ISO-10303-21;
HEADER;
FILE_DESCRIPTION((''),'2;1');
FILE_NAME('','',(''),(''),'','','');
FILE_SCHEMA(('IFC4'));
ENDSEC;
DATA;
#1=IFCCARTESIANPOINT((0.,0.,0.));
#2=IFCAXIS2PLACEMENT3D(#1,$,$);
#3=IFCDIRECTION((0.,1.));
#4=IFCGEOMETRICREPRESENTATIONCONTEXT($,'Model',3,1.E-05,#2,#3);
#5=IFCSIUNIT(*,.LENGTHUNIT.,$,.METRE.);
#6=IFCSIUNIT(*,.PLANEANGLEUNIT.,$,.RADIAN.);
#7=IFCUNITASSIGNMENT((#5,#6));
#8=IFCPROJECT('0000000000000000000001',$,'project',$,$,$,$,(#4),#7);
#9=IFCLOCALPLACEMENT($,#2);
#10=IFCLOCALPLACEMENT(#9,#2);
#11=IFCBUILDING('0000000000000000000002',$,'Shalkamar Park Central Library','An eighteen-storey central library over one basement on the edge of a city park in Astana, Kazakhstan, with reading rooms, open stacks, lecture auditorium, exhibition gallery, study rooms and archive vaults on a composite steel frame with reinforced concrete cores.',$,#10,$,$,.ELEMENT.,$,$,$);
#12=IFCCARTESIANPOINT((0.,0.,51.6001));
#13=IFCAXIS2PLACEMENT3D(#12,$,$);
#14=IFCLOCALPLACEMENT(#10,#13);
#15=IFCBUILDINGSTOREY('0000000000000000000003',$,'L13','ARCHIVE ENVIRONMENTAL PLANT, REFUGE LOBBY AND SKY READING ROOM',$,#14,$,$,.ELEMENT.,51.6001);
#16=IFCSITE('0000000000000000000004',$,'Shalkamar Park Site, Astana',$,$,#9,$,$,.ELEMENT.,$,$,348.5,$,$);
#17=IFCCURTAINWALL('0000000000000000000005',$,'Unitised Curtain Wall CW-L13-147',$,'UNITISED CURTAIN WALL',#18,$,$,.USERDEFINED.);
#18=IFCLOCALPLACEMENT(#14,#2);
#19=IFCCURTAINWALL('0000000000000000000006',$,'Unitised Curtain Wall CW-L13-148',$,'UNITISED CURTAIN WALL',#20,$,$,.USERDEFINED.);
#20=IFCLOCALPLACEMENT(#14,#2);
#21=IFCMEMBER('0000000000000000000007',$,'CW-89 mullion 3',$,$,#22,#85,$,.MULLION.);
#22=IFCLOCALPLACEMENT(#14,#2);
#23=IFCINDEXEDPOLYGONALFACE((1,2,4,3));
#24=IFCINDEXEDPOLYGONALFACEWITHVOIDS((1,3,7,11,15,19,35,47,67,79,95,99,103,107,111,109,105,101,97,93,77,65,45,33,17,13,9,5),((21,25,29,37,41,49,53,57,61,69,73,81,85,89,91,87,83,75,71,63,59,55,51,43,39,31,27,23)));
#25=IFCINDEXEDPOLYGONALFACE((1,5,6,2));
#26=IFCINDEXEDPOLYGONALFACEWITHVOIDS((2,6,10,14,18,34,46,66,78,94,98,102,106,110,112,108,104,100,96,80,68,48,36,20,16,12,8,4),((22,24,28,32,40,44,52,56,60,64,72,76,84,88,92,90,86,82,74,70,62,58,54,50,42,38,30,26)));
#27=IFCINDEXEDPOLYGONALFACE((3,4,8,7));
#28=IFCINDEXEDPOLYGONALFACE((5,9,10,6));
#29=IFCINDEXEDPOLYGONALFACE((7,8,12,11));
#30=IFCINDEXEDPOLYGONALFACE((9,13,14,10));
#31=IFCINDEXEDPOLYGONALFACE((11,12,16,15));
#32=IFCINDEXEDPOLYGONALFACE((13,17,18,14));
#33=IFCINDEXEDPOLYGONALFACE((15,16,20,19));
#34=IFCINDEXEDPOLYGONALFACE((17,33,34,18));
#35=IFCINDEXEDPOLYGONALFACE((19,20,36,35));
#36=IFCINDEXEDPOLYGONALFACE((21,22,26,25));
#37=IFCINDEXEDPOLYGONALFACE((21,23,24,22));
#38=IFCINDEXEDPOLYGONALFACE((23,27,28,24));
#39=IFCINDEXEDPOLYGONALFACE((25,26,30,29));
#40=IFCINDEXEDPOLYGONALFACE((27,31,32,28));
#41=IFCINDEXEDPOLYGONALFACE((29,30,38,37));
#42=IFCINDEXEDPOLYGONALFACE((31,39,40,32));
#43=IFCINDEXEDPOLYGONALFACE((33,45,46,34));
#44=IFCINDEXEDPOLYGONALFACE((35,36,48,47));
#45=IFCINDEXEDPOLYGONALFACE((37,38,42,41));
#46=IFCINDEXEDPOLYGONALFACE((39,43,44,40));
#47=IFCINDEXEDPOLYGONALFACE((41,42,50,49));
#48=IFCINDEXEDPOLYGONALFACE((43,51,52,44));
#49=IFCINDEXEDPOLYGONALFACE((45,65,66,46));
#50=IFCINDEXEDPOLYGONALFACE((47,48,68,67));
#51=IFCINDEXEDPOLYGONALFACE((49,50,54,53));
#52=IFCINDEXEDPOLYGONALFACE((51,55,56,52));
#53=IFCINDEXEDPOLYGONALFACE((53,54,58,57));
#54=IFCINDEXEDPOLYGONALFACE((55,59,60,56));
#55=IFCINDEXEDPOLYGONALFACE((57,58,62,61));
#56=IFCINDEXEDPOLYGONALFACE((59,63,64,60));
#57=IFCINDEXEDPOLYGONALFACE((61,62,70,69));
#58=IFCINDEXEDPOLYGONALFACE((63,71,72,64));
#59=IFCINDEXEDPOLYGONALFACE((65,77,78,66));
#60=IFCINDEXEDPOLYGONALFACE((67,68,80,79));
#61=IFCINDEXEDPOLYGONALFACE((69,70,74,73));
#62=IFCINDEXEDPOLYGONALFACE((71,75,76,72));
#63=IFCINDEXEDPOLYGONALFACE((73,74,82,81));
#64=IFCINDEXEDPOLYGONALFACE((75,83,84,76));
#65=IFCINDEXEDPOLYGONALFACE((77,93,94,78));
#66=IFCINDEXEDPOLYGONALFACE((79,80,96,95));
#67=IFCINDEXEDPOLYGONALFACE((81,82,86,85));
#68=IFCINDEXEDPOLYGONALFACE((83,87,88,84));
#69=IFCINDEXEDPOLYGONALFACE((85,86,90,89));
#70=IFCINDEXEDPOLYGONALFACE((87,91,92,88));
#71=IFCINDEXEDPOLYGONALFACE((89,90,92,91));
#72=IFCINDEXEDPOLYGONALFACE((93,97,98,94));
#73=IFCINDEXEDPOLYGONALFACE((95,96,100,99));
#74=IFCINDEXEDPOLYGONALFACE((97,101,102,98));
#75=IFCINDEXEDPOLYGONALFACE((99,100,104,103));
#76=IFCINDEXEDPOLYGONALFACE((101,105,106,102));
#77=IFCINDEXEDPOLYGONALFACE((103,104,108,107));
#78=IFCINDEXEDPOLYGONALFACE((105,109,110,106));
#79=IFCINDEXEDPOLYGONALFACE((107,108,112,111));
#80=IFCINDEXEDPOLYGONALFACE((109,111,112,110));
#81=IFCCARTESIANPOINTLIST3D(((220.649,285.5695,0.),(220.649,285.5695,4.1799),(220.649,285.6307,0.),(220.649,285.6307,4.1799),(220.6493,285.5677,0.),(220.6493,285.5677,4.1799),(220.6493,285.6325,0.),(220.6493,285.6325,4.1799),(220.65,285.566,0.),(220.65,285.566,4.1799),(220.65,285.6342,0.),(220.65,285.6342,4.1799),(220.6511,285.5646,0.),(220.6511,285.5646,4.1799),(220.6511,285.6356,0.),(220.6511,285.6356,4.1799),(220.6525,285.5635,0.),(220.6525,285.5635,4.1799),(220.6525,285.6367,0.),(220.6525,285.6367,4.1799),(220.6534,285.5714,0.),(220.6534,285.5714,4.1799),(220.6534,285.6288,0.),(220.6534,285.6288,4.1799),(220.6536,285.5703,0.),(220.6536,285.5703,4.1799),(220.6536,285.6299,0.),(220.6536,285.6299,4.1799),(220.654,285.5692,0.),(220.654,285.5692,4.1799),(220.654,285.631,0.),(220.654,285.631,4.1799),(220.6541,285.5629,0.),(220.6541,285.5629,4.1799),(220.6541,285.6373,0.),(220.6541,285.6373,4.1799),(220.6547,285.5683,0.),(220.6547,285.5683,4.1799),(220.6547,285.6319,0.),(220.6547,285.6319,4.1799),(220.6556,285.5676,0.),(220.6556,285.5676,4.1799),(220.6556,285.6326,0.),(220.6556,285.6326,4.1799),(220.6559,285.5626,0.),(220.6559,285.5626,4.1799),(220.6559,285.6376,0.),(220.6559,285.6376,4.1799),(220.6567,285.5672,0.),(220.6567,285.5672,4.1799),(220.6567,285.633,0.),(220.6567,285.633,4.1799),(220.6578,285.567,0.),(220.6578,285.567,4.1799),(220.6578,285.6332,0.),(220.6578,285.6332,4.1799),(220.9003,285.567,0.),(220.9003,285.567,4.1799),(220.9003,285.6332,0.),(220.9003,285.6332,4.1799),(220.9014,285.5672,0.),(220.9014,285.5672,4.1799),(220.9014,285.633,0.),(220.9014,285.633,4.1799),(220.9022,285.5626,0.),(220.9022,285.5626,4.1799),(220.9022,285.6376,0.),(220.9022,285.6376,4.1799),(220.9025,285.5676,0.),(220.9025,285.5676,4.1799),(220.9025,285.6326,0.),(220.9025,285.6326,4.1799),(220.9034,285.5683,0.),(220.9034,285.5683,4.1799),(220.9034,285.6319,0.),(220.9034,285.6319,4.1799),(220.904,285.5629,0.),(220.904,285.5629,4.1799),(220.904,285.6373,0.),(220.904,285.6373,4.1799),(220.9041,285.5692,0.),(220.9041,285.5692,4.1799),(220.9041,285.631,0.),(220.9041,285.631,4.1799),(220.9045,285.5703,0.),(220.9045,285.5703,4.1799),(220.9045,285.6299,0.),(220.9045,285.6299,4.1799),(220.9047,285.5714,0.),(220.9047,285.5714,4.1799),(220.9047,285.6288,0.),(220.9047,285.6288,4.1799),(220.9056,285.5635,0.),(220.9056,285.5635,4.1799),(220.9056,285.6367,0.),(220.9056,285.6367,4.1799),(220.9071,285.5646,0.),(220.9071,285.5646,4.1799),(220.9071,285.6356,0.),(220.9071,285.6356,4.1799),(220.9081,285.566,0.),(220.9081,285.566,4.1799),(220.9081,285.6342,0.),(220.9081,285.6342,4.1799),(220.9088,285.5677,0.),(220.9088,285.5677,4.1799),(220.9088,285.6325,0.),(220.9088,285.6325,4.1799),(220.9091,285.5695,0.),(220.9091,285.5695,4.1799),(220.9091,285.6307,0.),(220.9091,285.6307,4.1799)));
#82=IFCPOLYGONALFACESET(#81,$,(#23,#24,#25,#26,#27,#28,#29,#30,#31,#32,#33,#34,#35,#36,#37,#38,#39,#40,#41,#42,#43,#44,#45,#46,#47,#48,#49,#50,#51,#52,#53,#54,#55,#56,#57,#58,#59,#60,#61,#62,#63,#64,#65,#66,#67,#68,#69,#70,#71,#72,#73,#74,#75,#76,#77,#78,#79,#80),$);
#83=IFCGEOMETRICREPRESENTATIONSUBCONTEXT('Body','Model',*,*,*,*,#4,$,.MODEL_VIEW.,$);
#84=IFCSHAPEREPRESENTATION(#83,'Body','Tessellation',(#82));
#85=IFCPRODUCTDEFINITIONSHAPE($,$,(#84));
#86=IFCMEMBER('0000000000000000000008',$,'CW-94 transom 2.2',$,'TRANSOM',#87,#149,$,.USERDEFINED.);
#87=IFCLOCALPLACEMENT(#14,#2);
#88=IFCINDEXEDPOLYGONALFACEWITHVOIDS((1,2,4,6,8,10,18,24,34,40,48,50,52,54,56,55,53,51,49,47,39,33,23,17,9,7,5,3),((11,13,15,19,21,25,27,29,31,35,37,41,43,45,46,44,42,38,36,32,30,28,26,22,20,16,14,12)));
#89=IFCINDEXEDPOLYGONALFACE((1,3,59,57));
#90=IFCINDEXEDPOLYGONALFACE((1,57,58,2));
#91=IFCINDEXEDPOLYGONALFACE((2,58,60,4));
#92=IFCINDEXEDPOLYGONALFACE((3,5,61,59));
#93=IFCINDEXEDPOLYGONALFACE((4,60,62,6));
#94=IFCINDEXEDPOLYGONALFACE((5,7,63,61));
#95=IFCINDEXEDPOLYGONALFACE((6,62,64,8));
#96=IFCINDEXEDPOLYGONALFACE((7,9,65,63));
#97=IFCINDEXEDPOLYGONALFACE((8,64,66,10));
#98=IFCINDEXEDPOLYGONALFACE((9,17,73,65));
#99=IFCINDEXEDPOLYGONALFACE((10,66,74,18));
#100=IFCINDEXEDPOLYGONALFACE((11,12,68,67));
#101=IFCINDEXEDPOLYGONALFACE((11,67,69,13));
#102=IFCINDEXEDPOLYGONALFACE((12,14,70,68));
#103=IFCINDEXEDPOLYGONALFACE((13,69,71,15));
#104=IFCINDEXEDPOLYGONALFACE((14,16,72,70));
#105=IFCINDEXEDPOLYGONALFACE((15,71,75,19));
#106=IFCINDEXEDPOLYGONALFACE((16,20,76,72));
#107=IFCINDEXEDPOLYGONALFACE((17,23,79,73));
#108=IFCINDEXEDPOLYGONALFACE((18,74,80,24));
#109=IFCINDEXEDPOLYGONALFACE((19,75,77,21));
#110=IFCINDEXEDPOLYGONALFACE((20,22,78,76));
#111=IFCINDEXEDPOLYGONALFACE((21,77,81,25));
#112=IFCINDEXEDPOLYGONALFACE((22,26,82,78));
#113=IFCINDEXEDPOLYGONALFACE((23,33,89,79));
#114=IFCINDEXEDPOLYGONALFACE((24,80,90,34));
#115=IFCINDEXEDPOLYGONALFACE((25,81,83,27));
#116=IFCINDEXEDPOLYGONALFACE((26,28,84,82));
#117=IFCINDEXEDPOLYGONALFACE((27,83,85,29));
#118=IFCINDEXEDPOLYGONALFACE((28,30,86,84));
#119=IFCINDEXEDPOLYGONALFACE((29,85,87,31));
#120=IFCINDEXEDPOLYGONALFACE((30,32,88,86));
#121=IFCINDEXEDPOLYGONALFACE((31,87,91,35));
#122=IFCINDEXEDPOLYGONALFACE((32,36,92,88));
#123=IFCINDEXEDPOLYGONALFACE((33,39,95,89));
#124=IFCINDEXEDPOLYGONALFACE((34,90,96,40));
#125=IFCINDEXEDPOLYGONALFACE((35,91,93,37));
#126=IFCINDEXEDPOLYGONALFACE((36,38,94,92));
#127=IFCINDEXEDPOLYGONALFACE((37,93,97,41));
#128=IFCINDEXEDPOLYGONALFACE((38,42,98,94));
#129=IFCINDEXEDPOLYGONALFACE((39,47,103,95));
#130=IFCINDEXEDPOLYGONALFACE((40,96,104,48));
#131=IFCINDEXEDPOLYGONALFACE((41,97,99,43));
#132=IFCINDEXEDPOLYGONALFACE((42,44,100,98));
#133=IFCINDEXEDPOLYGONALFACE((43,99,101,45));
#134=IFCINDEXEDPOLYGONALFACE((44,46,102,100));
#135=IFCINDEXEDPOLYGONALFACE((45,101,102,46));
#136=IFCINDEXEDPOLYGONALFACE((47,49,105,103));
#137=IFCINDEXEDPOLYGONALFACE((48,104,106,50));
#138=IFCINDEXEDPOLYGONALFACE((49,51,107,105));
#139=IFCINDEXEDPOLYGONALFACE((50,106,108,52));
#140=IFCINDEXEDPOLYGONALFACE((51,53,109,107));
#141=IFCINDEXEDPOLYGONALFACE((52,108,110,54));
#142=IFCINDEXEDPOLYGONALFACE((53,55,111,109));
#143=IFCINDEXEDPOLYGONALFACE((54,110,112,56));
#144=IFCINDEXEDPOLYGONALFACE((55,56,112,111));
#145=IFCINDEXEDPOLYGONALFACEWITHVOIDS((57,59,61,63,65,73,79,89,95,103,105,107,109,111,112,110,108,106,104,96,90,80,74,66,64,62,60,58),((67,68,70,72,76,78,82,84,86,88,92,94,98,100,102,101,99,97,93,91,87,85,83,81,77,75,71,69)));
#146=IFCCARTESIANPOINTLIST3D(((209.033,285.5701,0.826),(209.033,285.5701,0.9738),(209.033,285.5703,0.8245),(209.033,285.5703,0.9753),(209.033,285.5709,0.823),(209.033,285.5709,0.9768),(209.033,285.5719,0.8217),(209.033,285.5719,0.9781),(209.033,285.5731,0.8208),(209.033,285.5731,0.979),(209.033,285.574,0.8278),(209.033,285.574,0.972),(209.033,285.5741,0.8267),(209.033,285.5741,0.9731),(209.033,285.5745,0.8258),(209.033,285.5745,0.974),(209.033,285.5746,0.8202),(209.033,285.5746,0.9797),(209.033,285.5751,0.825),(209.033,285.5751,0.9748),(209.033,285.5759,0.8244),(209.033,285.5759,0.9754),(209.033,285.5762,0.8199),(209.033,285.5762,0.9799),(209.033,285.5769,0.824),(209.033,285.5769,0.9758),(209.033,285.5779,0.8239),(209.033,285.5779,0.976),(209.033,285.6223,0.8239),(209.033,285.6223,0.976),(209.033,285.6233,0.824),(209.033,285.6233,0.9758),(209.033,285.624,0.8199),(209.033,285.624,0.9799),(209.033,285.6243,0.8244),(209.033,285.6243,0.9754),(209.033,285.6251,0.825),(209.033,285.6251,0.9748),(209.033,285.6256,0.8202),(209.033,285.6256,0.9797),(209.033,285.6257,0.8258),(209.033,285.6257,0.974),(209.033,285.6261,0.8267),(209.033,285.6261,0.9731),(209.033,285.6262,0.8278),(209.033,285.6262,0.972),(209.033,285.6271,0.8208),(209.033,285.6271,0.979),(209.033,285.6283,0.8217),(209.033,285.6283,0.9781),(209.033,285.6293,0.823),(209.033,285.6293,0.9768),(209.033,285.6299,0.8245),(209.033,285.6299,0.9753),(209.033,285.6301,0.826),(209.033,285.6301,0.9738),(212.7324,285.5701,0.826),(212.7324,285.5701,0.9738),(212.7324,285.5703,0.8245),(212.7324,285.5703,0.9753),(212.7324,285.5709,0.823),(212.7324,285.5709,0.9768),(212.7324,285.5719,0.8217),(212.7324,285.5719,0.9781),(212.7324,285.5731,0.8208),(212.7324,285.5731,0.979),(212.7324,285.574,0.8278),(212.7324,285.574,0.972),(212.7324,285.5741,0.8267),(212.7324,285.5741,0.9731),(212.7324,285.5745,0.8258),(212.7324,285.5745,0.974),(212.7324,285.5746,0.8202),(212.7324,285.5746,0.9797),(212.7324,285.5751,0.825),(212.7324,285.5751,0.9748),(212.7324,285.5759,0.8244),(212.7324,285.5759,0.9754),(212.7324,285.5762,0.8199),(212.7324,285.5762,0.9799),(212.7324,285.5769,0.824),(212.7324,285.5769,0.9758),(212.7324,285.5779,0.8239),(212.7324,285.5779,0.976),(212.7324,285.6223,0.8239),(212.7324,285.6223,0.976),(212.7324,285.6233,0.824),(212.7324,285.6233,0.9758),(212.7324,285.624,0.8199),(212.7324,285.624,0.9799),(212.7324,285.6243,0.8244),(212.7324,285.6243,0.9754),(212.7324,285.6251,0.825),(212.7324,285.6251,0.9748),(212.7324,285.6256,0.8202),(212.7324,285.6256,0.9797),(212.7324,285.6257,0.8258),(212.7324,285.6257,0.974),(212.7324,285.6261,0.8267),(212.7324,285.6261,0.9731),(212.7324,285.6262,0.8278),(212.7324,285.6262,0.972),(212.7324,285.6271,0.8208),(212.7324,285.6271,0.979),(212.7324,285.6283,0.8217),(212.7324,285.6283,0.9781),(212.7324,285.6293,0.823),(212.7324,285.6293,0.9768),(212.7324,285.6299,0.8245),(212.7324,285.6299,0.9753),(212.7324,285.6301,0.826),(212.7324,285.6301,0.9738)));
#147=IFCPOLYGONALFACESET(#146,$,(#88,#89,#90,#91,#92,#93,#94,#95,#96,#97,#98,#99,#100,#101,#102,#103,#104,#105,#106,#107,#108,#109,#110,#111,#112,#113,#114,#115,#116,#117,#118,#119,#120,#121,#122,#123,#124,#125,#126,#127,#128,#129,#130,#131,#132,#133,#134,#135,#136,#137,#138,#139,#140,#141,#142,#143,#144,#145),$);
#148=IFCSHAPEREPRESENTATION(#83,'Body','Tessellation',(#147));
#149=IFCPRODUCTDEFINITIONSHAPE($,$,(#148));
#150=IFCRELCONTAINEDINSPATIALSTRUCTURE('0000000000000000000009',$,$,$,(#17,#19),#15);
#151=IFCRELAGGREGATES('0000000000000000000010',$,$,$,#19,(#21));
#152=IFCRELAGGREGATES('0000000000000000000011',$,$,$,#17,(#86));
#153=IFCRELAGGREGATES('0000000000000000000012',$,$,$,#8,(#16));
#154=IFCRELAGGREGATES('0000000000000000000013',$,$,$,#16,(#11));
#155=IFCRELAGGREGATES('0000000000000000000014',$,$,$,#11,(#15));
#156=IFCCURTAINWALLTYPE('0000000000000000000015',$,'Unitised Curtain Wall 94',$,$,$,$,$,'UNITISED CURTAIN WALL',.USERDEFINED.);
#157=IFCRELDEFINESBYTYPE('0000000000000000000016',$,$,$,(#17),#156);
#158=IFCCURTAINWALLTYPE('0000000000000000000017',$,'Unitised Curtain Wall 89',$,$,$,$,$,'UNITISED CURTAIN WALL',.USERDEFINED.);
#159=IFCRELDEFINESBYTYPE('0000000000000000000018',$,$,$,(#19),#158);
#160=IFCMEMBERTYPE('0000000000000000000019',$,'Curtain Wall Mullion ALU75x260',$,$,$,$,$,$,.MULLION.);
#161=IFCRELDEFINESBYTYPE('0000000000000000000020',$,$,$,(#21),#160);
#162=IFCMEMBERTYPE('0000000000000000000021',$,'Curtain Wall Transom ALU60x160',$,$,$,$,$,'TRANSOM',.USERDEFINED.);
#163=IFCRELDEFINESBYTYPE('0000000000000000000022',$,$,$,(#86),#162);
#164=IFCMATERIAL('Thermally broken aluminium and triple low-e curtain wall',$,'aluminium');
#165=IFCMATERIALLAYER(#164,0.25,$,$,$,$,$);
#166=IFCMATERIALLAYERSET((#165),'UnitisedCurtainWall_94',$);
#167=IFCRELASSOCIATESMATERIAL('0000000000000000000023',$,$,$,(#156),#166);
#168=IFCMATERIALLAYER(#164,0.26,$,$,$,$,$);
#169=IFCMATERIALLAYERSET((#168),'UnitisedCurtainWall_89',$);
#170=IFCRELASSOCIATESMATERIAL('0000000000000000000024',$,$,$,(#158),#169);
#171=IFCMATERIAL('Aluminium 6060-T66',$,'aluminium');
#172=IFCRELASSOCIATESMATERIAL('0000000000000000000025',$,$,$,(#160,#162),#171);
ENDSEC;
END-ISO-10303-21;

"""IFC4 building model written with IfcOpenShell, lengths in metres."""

from ifc_helpers import new_model, si_unit, direction, frame, origin, origin_2d, place, context, subcontext, project, spatial, hollow_rectangle, extrude, material, layer, layer_set, material_profile, profile_set, type_object, element, aggregate, save


model = new_model("IFC4")

# Units and contexts
model_context = context("Model", 3, precision=1e-05, world=origin(), true_north=direction((0.0, 1.0)))
body_context = subcontext(model_context, "Body", "Model", "MODEL_VIEW")
ifc_project = project(units=[si_unit("LENGTHUNIT", "METRE"), si_unit("PLANEANGLEUNIT", "RADIAN")], contexts=[model_context])

# Site, building, storey
site_placement = place(None, origin())
site = spatial("IfcSite", under=ifc_project, at=site_placement, Name="Shalkamar Park Site, Astana", CompositionType="ELEMENT", RefElevation=348.5)
building_placement = place(site_placement, origin())
building = spatial("IfcBuilding", under=site, at=building_placement, Name="Shalkamar Park Central Library", Description="An eighteen-storey central library over one basement on the edge of a city park in Astana, Kazakhstan, with reading rooms, open stacks, lecture auditorium, exhibition gallery, study rooms and archive vaults on a composite steel frame with reinforced concrete cores.", CompositionType="ELEMENT")
storey_placement = place(building_placement, frame((0.0, 0.0, 51.6001)))
storey = spatial("IfcBuildingStorey", under=building, at=storey_placement, Name="L13", Description="ARCHIVE ENVIRONMENTAL PLANT, REFUGE LOBBY AND SKY READING ROOM", CompositionType="ELEMENT", Elevation=51.6001)

# Curtain wall
ifc_material_1 = material(Name="Thermally broken aluminium and triple low-e curtain wall", Category="aluminium")
ifc_layer_1 = layer(ifc_material_1, 0.25)
ifc_layer_set_1 = layer_set([ifc_layer_1], Name="UnitisedCurtainWall_94")
curtain_wall_type_1 = type_object("IfcCurtainWallType", Name="Unitised Curtain Wall 94", ElementType="UNITISED CURTAIN WALL", PredefinedType="USERDEFINED", material=ifc_layer_set_1)
curtain_wall_1_placement = place(storey_placement, origin())
curtain_wall_1 = element("IfcCurtainWall", 1, at=curtain_wall_1_placement, inside=storey, type_object=curtain_wall_type_1, Name="Unitised Curtain Wall CW-L13-147", ObjectType="UNITISED CURTAIN WALL", PredefinedType="USERDEFINED")
ifc_material_2 = material(Name="Aluminium 6060-T66", Category="aluminium")

# Curtain wall, member
ifc_layer_2 = layer(ifc_material_1, 0.26)
ifc_layer_set_2 = layer_set([ifc_layer_2], Name="UnitisedCurtainWall_89")
curtain_wall_type_2 = type_object("IfcCurtainWallType", Name="Unitised Curtain Wall 89", ElementType="UNITISED CURTAIN WALL", PredefinedType="USERDEFINED", material=ifc_layer_set_2)
curtain_wall_2_placement = place(storey_placement, origin())
curtain_wall_2 = element("IfcCurtainWall", 2, at=curtain_wall_2_placement, inside=storey, type_object=curtain_wall_type_2, Name="Unitised Curtain Wall CW-L13-148", ObjectType="UNITISED CURTAIN WALL", PredefinedType="USERDEFINED")
ifc_material_profile_1 = material_profile(ifc_material_2, hollow_rectangle(XDim=0.075, YDim=0.26, WallThickness=0.0044, InnerFilletRadius=0.0044, OuterFilletRadius=0.0068, at=origin_2d()), Name="ALU 75x260x4.5")
ifc_profile_set_1 = profile_set([ifc_material_profile_1], Name="Aluminium 6060-T66")
member_type_1 = type_object("IfcMemberType", Name="Curtain Wall Mullion ALU75x260", PredefinedType="MULLION", material=ifc_profile_set_1)
member_1_placement = place(storey_placement, frame((220.7791, 285.6001, 0.0), z_axis=(0.0, 0.0, 1.0), x_axis=(0.0, 1.0, 0.0)))
member_1 = element("IfcMember", 3, at=member_1_placement, type_object=member_type_1, Name="CW-89 mullion 3", PredefinedType="MULLION", context=body_context, shape_type="SweptSolid", body=[
    extrude(hollow_rectangle(XDim=0.075, YDim=0.26, WallThickness=0.0044, InnerFilletRadius=0.0044, OuterFilletRadius=0.0068, at=origin_2d()), origin(), (0.0, 0.0, 1.0), 4.1799),
])

# Member
ifc_material_profile_2 = material_profile(ifc_material_2, hollow_rectangle(XDim=0.0601, YDim=0.1599, WallThickness=0.0039, InnerFilletRadius=0.0039, OuterFilletRadius=0.0061, at=origin_2d()), Name="ALU 60x160x4")
ifc_profile_set_2 = profile_set([ifc_material_profile_2], Name="Aluminium 6060-T66")
member_type_2 = type_object("IfcMemberType", Name="Curtain Wall Transom ALU60x160", ElementType="TRANSOM", PredefinedType="USERDEFINED", material=ifc_profile_set_2)
member_2_placement = place(storey_placement, frame((209.033, 285.6001, 0.8999), z_axis=(1.0, 0.0, 0.0), x_axis=(0.0, 1.0, 0.0)))
member_2 = element("IfcMember", 4, at=member_2_placement, type_object=member_type_2, Name="CW-94 transom 2.2", ObjectType="TRANSOM", PredefinedType="USERDEFINED", context=body_context, shape_type="SweptSolid", body=[
    extrude(hollow_rectangle(XDim=0.0601, YDim=0.1599, WallThickness=0.0039, InnerFilletRadius=0.0039, OuterFilletRadius=0.0061, at=origin_2d()), origin(), (0.0, 0.0, 1.0), 3.6995),
])

aggregate(curtain_wall_2, [member_1])
aggregate(curtain_wall_1, [member_2])

save(model, "model.ifc")
